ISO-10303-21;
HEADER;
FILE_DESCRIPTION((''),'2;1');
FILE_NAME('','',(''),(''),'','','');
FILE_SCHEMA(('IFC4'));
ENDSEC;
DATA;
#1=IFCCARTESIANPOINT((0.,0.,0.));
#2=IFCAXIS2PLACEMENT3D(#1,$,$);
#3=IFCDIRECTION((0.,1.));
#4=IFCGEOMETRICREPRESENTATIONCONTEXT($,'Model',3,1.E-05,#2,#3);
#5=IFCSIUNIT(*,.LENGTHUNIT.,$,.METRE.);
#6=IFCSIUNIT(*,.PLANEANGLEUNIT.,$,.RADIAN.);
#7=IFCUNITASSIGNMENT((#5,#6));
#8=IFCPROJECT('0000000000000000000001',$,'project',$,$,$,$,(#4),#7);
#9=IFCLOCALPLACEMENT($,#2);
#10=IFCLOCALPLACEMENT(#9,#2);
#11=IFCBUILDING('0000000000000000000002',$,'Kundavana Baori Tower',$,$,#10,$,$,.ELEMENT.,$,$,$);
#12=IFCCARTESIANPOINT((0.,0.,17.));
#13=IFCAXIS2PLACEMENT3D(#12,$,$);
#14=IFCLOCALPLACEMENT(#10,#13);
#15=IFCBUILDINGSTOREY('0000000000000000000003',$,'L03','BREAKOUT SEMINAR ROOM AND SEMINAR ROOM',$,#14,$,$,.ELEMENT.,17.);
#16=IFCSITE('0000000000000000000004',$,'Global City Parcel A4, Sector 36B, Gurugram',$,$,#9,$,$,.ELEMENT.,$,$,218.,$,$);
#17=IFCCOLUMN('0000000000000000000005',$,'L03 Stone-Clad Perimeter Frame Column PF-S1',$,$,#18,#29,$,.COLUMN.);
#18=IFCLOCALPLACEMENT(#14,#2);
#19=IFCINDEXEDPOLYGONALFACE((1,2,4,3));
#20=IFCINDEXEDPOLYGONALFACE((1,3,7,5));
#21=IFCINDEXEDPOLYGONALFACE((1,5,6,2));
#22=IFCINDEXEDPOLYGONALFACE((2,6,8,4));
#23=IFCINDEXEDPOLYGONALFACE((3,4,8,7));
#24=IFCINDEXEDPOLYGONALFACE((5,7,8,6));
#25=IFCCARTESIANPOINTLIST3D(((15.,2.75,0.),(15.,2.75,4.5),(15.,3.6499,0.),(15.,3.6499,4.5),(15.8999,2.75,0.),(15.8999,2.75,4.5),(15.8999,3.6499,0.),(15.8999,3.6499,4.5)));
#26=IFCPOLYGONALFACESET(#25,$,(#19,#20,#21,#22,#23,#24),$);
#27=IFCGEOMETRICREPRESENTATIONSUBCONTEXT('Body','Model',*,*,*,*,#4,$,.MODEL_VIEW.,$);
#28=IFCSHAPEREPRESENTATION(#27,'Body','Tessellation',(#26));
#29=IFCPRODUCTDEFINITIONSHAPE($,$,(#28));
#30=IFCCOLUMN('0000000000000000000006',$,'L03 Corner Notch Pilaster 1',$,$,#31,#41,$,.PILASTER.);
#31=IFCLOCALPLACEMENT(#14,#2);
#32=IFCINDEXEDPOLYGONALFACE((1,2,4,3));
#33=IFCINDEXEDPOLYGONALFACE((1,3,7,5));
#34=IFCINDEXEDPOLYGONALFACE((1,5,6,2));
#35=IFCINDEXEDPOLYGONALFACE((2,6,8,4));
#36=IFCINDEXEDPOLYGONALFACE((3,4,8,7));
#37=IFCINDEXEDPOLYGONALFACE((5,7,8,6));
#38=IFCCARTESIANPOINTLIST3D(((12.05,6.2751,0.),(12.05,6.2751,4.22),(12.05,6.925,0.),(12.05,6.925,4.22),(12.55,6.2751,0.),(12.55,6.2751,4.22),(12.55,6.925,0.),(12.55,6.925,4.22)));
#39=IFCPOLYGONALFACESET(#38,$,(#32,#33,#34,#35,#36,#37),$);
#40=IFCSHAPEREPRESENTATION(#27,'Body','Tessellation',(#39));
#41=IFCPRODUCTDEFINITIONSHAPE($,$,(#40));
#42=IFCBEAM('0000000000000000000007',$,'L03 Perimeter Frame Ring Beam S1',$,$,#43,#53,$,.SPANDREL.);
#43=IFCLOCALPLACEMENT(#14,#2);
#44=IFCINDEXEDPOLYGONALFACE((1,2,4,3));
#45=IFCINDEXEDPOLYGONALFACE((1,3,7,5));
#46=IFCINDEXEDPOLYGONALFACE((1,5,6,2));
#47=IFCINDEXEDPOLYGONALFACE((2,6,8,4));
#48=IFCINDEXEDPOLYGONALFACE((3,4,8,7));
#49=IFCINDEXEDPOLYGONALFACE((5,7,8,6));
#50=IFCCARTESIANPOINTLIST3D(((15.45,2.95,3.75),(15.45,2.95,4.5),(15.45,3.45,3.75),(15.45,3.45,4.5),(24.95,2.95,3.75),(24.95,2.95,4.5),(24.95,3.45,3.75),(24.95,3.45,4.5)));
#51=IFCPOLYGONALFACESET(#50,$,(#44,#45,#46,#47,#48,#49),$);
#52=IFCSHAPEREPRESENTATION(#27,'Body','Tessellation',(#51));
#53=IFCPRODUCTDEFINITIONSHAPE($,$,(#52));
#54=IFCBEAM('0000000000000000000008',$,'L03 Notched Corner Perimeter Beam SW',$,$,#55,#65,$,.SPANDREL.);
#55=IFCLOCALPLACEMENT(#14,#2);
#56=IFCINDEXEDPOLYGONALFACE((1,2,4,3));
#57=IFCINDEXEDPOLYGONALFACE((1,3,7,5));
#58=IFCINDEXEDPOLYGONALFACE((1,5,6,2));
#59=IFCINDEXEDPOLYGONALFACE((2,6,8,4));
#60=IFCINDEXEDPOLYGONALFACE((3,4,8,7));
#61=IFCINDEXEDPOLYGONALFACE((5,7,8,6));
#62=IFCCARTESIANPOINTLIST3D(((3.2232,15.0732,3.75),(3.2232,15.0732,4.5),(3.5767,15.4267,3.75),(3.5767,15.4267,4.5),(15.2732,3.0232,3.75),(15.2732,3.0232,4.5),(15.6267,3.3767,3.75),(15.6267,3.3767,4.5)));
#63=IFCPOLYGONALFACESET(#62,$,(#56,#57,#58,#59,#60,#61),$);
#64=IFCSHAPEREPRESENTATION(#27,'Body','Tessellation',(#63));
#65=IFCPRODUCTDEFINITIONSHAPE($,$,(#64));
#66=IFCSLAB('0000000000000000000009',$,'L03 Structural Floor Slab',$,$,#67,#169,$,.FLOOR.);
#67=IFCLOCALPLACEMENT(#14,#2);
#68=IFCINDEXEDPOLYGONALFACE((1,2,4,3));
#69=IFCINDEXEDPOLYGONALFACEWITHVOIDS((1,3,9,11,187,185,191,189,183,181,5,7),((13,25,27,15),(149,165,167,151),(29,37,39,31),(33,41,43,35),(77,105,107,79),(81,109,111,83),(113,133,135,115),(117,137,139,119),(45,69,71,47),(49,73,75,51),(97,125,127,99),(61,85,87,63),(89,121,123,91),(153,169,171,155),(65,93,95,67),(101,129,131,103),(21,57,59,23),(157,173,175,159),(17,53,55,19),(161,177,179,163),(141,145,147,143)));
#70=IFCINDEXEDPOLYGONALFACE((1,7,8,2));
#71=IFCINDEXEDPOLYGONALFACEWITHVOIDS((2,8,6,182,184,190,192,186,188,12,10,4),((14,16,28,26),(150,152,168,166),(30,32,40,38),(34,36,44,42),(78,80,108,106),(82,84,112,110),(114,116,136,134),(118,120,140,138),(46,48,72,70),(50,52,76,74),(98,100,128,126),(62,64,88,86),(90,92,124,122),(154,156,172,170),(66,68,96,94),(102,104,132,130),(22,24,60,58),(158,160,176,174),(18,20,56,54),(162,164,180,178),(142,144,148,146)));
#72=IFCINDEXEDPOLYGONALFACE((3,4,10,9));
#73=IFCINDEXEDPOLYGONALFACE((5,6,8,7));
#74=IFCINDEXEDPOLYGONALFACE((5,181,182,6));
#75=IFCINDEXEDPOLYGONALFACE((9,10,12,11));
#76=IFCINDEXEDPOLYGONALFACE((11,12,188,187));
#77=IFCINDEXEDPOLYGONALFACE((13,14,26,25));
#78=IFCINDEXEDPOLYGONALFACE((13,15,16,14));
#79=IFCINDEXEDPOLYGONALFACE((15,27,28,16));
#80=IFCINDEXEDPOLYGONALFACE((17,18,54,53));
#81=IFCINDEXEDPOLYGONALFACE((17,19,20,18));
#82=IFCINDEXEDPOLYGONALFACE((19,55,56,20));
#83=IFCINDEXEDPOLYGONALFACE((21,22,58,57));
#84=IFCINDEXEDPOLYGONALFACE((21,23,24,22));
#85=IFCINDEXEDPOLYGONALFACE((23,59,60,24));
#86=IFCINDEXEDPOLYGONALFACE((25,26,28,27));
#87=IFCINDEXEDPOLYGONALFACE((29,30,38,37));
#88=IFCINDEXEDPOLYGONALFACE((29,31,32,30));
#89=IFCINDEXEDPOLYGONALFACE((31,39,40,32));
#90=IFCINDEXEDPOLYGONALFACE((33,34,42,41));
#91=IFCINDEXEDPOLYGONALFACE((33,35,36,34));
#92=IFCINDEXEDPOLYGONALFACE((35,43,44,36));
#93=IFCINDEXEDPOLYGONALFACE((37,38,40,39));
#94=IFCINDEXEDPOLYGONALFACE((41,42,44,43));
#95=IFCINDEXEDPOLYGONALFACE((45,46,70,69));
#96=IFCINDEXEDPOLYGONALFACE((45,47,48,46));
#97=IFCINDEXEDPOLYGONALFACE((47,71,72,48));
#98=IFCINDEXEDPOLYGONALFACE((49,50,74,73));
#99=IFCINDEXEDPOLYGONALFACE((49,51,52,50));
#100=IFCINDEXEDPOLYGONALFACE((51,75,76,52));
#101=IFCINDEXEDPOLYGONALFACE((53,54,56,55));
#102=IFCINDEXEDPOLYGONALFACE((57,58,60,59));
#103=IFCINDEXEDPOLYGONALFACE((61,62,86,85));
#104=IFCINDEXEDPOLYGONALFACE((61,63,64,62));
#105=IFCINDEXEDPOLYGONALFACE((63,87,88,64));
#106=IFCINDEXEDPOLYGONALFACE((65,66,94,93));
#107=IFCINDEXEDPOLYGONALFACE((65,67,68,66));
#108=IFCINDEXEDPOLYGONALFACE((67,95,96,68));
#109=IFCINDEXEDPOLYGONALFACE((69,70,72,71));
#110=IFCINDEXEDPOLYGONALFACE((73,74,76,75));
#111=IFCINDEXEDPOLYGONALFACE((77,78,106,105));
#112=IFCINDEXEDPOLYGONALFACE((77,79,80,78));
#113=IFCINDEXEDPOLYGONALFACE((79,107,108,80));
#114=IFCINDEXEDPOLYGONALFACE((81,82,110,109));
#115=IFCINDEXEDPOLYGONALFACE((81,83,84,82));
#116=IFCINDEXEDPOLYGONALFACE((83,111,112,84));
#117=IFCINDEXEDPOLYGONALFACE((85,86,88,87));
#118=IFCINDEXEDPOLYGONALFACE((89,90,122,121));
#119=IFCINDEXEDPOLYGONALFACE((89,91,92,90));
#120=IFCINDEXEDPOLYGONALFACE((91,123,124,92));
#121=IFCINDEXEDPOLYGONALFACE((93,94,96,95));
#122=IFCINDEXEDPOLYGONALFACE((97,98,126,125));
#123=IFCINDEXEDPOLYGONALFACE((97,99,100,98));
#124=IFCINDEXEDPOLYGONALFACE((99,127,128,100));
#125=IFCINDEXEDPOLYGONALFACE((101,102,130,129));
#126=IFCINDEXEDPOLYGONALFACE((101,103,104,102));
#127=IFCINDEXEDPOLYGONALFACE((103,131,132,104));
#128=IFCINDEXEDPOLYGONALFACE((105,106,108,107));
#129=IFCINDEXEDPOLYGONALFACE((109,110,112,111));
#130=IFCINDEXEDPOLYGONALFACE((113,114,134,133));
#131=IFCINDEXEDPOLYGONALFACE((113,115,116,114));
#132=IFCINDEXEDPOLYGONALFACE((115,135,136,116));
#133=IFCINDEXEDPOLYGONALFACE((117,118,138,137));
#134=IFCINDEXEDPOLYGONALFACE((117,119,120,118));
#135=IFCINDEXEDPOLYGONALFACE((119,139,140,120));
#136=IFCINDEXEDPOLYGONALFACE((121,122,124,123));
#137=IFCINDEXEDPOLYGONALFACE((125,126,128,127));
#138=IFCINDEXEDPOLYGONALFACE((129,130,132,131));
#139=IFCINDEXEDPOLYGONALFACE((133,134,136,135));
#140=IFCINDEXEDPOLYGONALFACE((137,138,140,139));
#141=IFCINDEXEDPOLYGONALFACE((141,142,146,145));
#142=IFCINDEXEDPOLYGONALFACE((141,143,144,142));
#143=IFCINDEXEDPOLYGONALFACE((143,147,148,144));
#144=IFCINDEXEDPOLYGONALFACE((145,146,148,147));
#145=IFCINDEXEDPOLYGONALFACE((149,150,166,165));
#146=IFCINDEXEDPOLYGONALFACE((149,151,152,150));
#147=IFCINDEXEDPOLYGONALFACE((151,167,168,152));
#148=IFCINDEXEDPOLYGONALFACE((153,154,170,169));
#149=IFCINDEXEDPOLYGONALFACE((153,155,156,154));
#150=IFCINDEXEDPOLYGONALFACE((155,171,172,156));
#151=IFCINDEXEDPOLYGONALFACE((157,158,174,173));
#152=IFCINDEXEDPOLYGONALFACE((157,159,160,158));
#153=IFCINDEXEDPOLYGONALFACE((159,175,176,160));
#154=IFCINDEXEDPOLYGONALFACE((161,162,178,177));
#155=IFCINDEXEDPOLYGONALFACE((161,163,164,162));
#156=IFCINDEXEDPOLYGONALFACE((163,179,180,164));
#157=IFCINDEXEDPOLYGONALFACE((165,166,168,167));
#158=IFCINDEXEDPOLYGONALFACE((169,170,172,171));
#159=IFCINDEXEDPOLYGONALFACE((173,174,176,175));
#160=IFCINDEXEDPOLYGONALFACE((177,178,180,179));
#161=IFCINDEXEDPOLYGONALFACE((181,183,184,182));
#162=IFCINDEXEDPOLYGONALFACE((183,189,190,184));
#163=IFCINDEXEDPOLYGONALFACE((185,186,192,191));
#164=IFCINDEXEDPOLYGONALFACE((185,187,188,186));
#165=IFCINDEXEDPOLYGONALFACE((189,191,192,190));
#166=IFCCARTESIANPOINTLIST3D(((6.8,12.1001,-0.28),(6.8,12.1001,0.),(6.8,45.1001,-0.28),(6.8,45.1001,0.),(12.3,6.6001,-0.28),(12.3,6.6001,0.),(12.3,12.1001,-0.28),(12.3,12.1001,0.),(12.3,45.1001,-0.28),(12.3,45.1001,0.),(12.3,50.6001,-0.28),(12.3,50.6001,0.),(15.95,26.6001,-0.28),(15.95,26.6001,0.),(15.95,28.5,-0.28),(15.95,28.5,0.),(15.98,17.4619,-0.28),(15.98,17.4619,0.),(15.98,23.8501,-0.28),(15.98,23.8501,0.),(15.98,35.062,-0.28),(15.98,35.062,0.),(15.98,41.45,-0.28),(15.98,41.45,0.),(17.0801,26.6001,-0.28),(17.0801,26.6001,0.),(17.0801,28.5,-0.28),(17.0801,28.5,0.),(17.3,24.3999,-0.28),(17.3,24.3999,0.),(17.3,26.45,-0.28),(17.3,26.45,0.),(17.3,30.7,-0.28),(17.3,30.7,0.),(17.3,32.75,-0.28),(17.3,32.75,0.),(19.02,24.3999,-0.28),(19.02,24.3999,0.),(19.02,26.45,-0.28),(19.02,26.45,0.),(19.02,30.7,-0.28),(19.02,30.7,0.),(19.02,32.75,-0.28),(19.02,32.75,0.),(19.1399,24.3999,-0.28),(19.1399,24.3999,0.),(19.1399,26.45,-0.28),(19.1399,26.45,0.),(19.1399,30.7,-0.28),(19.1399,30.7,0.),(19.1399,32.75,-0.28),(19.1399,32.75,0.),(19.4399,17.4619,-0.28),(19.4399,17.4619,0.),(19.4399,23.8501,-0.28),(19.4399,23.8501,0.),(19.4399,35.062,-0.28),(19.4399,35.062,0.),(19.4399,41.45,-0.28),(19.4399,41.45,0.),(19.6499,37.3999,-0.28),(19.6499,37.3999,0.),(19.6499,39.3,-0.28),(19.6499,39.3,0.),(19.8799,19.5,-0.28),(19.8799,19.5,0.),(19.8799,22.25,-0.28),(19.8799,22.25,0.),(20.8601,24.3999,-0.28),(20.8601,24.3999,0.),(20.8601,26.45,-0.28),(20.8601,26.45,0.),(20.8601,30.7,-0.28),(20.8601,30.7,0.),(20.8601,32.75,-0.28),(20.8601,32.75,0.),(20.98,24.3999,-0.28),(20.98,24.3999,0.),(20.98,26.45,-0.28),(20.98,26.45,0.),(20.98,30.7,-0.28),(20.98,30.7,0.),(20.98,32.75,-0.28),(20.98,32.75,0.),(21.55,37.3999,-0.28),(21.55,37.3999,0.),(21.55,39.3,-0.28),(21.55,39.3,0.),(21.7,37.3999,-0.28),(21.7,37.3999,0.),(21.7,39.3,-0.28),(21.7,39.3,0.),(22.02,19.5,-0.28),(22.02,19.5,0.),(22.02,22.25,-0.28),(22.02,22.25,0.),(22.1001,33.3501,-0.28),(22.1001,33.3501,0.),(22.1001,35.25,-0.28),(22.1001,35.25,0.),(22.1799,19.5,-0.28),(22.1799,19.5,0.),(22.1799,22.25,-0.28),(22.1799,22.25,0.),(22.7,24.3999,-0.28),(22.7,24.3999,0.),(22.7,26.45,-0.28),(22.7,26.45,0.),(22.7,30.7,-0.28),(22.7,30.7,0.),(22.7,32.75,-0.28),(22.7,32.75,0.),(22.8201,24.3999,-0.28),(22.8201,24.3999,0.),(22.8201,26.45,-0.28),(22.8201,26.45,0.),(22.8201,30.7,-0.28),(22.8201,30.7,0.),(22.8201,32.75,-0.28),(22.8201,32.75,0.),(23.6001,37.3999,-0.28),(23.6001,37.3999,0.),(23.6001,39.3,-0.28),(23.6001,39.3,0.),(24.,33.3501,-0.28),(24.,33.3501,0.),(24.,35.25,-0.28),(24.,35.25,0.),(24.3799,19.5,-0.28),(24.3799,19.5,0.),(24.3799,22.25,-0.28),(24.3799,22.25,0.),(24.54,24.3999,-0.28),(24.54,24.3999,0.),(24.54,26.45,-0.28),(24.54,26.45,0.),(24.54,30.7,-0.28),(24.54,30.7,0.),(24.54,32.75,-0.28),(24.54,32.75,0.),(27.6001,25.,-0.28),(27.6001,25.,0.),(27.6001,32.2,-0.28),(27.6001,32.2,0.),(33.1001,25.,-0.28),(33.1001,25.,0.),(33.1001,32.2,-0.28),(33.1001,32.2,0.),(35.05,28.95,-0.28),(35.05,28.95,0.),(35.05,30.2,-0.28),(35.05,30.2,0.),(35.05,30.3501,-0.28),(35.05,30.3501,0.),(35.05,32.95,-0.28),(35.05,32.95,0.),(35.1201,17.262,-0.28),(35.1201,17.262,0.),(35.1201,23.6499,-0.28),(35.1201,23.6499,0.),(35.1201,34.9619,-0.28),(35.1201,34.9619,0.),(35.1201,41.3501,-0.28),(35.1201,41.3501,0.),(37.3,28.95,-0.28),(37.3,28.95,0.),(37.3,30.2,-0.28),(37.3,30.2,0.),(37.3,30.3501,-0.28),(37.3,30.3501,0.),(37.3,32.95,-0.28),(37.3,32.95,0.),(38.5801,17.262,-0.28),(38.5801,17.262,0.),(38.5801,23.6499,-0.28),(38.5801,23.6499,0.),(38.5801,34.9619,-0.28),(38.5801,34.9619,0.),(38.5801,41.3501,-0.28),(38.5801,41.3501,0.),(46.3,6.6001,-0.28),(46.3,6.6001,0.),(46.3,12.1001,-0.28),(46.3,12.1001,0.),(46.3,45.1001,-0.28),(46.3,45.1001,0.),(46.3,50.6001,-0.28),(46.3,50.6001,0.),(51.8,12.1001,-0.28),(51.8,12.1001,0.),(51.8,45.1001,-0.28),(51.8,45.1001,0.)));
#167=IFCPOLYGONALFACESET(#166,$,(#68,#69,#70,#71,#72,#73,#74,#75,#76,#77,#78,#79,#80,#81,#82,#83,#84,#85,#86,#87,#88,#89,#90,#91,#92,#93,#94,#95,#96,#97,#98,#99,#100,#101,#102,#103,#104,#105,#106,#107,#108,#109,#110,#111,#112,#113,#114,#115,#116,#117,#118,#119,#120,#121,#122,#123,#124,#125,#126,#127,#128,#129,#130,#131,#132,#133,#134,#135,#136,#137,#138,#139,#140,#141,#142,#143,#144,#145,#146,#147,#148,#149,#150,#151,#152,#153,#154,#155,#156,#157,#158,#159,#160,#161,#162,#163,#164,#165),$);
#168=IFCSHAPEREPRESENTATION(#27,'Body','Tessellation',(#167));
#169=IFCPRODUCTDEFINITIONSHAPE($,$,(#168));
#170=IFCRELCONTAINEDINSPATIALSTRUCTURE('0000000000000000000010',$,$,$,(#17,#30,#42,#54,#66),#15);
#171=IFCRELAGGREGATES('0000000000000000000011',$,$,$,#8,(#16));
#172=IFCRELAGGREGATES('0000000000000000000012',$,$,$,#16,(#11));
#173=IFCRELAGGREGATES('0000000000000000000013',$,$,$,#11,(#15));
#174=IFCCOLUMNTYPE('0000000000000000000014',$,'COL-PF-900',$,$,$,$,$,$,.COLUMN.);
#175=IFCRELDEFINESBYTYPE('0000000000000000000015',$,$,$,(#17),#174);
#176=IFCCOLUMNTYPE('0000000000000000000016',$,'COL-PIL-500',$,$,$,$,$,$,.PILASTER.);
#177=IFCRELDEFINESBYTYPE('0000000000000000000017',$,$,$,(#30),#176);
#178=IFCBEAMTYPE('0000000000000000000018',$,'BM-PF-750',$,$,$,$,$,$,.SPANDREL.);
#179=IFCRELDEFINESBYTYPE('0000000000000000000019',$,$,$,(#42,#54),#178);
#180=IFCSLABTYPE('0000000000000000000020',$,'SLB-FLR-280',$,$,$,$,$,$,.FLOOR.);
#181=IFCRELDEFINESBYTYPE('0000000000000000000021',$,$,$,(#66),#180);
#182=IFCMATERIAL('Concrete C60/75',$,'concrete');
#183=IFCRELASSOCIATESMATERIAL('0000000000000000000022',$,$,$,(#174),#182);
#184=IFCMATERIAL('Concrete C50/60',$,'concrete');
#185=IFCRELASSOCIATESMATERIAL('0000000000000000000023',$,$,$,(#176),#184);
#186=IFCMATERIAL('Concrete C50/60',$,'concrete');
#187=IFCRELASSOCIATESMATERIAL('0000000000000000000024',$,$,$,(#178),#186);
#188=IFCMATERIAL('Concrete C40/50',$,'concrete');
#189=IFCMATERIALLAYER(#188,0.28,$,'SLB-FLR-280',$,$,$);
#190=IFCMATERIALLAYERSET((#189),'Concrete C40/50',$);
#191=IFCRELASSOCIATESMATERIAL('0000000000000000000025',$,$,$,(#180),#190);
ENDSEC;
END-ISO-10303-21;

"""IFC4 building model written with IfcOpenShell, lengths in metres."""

from ifc_helpers import new_model, si_unit, direction, frame, origin, origin_2d, place, context, subcontext, project, spatial, polyline, rectangle, outline, extrude, material, layer, layer_set, material_profile, profile_set, type_object, element, save


model = new_model("IFC4")

# Units and contexts
model_context = context("Model", 3, precision=1e-05, world=origin(), true_north=direction((0.0, 1.0)))
body_context = subcontext(model_context, "Body", "Model", "MODEL_VIEW")
ifc_project = project(units=[si_unit("LENGTHUNIT", "METRE"), si_unit("PLANEANGLEUNIT", "RADIAN")], contexts=[model_context])

# Site, building, storey
site_placement = place(None, origin())
site = spatial("IfcSite", under=ifc_project, at=site_placement, Name="Global City Parcel A4, Sector 36B, Gurugram", CompositionType="ELEMENT", RefElevation=218.0)
building_placement = place(site_placement, origin())
building = spatial("IfcBuilding", under=site, at=building_placement, Name="Kundavana Baori Tower", CompositionType="ELEMENT")
storey_placement = place(building_placement, frame((0.0, 0.0, 17.0)))
storey = spatial("IfcBuildingStorey", under=building, at=storey_placement, Name="L03", Description="BREAKOUT SEMINAR ROOM AND SEMINAR ROOM", CompositionType="ELEMENT", Elevation=17.0)

# Columns
ifc_material_1 = material(Name="Concrete C60/75", Category="concrete")
ifc_material_profile_1 = material_profile(ifc_material_1, rectangle(XDim=0.8999, YDim=0.8999, at=origin_2d()), Name="RC PF 900x900")
ifc_profile_set_1 = profile_set([ifc_material_profile_1], Name="Concrete C60/75")
column_type_1 = type_object("IfcColumnType", Name="COL-PF-900", PredefinedType="COLUMN", material=ifc_profile_set_1)
column_1_placement = place(storey_placement, frame((15.45, 3.2, 0.0), z_axis=(0.0, 0.0, 1.0), x_axis=(1.0, 0.0, 0.0)))
element("IfcColumn", 1, at=column_1_placement, inside=storey, type_object=column_type_1, Name="L03 Stone-Clad Perimeter Frame Column PF-S1", PredefinedType="COLUMN", context=body_context, shape_type="SweptSolid", body=[
    extrude(rectangle(XDim=0.8999, YDim=0.8999, at=origin_2d()), origin(), (0.0, 0.0, 1.0), 4.5),
])
ifc_material_2 = material(Name="Concrete C50/60", Category="concrete")
ifc_material_profile_2 = material_profile(ifc_material_2, rectangle(XDim=0.5, YDim=0.6499, at=origin_2d()), Name="RC PIL 500x650")
ifc_profile_set_2 = profile_set([ifc_material_profile_2], Name="Concrete C50/60")
column_type_2 = type_object("IfcColumnType", Name="COL-PIL-500", PredefinedType="PILASTER", material=ifc_profile_set_2)
column_2_placement = place(storey_placement, frame((12.3, 6.6001, 0.0), z_axis=(0.0, 0.0, 1.0), x_axis=(1.0, 0.0, 0.0)))
element("IfcColumn", 2, at=column_2_placement, inside=storey, type_object=column_type_2, Name="L03 Corner Notch Pilaster 1", PredefinedType="PILASTER", context=body_context, shape_type="SweptSolid", body=[
    extrude(rectangle(XDim=0.5, YDim=0.6499, at=origin_2d()), origin(), (0.0, 0.0, 1.0), 4.22),
])

# Beams
ifc_material_3 = material(Name="Concrete C50/60", Category="concrete")
ifc_material_profile_3 = material_profile(ifc_material_3, rectangle(XDim=0.5, YDim=0.75, at=origin_2d()), Name="RC BM 500x750")
ifc_profile_set_3 = profile_set([ifc_material_profile_3], Name="Concrete C50/60")
beam_type = type_object("IfcBeamType", Name="BM-PF-750", PredefinedType="SPANDREL", material=ifc_profile_set_3)
beam_1_placement = place(storey_placement, frame((15.45, 3.2, 4.125), z_axis=(1.0, 0.0, 0.0), x_axis=(0.0, 1.0, 0.0)))
element("IfcBeam", 3, at=beam_1_placement, inside=storey, type_object=beam_type, Name="L03 Perimeter Frame Ring Beam S1", PredefinedType="SPANDREL", context=body_context, shape_type="SweptSolid", body=[
    extrude(rectangle(XDim=0.5, YDim=0.75, at=origin_2d()), origin(), (0.0, 0.0, 1.0), 9.5),
])
beam_2_placement = place(storey_placement, frame((15.45, 3.2, 4.125), z_axis=(-0.707107, 0.707107, 0.0), x_axis=(-0.707107, -0.707107, 0.0)))
element("IfcBeam", 4, at=beam_2_placement, inside=storey, type_object=beam_type, Name="L03 Notched Corner Perimeter Beam SW", PredefinedType="SPANDREL", context=body_context, shape_type="SweptSolid", body=[
    extrude(rectangle(XDim=0.5, YDim=0.75, at=origin_2d()), origin(), (0.0, 0.0, 1.0), 17.0413),
])

# Slab
ifc_material_4 = material(Name="Concrete C40/50", Category="concrete")
ifc_layer_1 = layer(ifc_material_4, 0.28, Name="SLB-FLR-280")
ifc_layer_set_1 = layer_set([ifc_layer_1], Name="Concrete C40/50")
slab_type_1 = type_object("IfcSlabType", Name="SLB-FLR-280", PredefinedType="FLOOR", material=ifc_layer_set_1)
slab_1_placement = place(storey_placement, frame((0.0, 0.0, -0.28)))
element("IfcSlab", 5, at=slab_1_placement, inside=storey, type_object=slab_type_1, Name="L03 Structural Floor Slab", PredefinedType="FLOOR", context=body_context, shape_type="SweptSolid", body=[
    extrude(outline(polyline([(12.3, 6.6001), (46.3, 6.6001), (46.3, 12.1001), (51.8, 12.1001), (51.8, 45.1001), (46.3, 45.1001), (46.3, 50.6001), (12.3, 50.6001), (12.3, 45.1001), (6.8, 45.1001), (6.8, 12.1001), (12.3, 12.1001), (12.3, 6.6001)]), holes=[polyline([(19.4399, 17.4619), (19.4399, 23.8501), (15.98, 23.8501), (15.98, 17.4619), (19.4399, 17.4619)]), polyline([(19.4399, 35.062), (19.4399, 41.45), (15.98, 41.45), (15.98, 35.062), (19.4399, 35.062)]), polyline([(38.5801, 34.9619), (38.5801, 41.3501), (35.1201, 41.3501), (35.1201, 34.9619), (38.5801, 34.9619)]), polyline([(38.5801, 17.262), (38.5801, 23.6499), (35.1201, 23.6499), (35.1201, 17.262), (38.5801, 17.262)]), polyline([(17.3, 24.3999), (19.02, 24.3999), (19.02, 26.45), (17.3, 26.45), (17.3, 24.3999)]), polyline([(19.1399, 24.3999), (20.8601, 24.3999), (20.8601, 26.45), (19.1399, 26.45), (19.1399, 24.3999)]), polyline([(20.98, 24.3999), (22.7, 24.3999), (22.7, 26.45), (20.98, 26.45), (20.98, 24.3999)]), polyline([(22.8201, 24.3999), (24.54, 24.3999), (24.54, 26.45), (22.8201, 26.45), (22.8201, 24.3999)]), polyline([(17.3, 30.7), (19.02, 30.7), (19.02, 32.75), (17.3, 32.75), (17.3, 30.7)]), polyline([(19.1399, 30.7), (20.8601, 30.7), (20.8601, 32.75), (19.1399, 32.75), (19.1399, 30.7)]), polyline([(20.98, 30.7), (22.7, 30.7), (22.7, 32.75), (20.98, 32.75), (20.98, 30.7)]), polyline([(22.8201, 30.7), (24.54, 30.7), (24.54, 32.75), (22.8201, 32.75), (22.8201, 30.7)]), polyline([(19.6499, 37.3999), (21.55, 37.3999), (21.55, 39.3), (19.6499, 39.3), (19.6499, 37.3999)]), polyline([(21.7, 37.3999), (23.6001, 37.3999), (23.6001, 39.3), (21.7, 39.3), (21.7, 37.3999)]), polyline([(22.1001, 33.3501), (24.0, 33.3501), (24.0, 35.25), (22.1001, 35.25), (22.1001, 33.3501)]), polyline([(19.8799, 19.5), (22.02, 19.5), (22.02, 22.25), (19.8799, 22.25), (19.8799, 19.5)]), polyline([(22.1799, 19.5), (24.3799, 19.5), (24.3799, 22.25), (22.1799, 22.25), (22.1799, 19.5)]), polyline([(35.05, 30.3501), (37.3, 30.3501), (37.3, 32.95), (35.05, 32.95), (35.05, 30.3501)]), polyline([(15.95, 26.6001), (17.0801, 26.6001), (17.0801, 28.5), (15.95, 28.5), (15.95, 26.6001)]), polyline([(35.05, 28.95), (37.3, 28.95), (37.3, 30.2), (35.05, 30.2), (35.05, 28.95)]), polyline([(27.6001, 25.0), (33.1001, 25.0), (33.1001, 32.2), (27.6001, 32.2), (27.6001, 25.0)])]), origin(), (0.0, 0.0, 1.0), 0.28),
])

save(model, "model.ifc")
